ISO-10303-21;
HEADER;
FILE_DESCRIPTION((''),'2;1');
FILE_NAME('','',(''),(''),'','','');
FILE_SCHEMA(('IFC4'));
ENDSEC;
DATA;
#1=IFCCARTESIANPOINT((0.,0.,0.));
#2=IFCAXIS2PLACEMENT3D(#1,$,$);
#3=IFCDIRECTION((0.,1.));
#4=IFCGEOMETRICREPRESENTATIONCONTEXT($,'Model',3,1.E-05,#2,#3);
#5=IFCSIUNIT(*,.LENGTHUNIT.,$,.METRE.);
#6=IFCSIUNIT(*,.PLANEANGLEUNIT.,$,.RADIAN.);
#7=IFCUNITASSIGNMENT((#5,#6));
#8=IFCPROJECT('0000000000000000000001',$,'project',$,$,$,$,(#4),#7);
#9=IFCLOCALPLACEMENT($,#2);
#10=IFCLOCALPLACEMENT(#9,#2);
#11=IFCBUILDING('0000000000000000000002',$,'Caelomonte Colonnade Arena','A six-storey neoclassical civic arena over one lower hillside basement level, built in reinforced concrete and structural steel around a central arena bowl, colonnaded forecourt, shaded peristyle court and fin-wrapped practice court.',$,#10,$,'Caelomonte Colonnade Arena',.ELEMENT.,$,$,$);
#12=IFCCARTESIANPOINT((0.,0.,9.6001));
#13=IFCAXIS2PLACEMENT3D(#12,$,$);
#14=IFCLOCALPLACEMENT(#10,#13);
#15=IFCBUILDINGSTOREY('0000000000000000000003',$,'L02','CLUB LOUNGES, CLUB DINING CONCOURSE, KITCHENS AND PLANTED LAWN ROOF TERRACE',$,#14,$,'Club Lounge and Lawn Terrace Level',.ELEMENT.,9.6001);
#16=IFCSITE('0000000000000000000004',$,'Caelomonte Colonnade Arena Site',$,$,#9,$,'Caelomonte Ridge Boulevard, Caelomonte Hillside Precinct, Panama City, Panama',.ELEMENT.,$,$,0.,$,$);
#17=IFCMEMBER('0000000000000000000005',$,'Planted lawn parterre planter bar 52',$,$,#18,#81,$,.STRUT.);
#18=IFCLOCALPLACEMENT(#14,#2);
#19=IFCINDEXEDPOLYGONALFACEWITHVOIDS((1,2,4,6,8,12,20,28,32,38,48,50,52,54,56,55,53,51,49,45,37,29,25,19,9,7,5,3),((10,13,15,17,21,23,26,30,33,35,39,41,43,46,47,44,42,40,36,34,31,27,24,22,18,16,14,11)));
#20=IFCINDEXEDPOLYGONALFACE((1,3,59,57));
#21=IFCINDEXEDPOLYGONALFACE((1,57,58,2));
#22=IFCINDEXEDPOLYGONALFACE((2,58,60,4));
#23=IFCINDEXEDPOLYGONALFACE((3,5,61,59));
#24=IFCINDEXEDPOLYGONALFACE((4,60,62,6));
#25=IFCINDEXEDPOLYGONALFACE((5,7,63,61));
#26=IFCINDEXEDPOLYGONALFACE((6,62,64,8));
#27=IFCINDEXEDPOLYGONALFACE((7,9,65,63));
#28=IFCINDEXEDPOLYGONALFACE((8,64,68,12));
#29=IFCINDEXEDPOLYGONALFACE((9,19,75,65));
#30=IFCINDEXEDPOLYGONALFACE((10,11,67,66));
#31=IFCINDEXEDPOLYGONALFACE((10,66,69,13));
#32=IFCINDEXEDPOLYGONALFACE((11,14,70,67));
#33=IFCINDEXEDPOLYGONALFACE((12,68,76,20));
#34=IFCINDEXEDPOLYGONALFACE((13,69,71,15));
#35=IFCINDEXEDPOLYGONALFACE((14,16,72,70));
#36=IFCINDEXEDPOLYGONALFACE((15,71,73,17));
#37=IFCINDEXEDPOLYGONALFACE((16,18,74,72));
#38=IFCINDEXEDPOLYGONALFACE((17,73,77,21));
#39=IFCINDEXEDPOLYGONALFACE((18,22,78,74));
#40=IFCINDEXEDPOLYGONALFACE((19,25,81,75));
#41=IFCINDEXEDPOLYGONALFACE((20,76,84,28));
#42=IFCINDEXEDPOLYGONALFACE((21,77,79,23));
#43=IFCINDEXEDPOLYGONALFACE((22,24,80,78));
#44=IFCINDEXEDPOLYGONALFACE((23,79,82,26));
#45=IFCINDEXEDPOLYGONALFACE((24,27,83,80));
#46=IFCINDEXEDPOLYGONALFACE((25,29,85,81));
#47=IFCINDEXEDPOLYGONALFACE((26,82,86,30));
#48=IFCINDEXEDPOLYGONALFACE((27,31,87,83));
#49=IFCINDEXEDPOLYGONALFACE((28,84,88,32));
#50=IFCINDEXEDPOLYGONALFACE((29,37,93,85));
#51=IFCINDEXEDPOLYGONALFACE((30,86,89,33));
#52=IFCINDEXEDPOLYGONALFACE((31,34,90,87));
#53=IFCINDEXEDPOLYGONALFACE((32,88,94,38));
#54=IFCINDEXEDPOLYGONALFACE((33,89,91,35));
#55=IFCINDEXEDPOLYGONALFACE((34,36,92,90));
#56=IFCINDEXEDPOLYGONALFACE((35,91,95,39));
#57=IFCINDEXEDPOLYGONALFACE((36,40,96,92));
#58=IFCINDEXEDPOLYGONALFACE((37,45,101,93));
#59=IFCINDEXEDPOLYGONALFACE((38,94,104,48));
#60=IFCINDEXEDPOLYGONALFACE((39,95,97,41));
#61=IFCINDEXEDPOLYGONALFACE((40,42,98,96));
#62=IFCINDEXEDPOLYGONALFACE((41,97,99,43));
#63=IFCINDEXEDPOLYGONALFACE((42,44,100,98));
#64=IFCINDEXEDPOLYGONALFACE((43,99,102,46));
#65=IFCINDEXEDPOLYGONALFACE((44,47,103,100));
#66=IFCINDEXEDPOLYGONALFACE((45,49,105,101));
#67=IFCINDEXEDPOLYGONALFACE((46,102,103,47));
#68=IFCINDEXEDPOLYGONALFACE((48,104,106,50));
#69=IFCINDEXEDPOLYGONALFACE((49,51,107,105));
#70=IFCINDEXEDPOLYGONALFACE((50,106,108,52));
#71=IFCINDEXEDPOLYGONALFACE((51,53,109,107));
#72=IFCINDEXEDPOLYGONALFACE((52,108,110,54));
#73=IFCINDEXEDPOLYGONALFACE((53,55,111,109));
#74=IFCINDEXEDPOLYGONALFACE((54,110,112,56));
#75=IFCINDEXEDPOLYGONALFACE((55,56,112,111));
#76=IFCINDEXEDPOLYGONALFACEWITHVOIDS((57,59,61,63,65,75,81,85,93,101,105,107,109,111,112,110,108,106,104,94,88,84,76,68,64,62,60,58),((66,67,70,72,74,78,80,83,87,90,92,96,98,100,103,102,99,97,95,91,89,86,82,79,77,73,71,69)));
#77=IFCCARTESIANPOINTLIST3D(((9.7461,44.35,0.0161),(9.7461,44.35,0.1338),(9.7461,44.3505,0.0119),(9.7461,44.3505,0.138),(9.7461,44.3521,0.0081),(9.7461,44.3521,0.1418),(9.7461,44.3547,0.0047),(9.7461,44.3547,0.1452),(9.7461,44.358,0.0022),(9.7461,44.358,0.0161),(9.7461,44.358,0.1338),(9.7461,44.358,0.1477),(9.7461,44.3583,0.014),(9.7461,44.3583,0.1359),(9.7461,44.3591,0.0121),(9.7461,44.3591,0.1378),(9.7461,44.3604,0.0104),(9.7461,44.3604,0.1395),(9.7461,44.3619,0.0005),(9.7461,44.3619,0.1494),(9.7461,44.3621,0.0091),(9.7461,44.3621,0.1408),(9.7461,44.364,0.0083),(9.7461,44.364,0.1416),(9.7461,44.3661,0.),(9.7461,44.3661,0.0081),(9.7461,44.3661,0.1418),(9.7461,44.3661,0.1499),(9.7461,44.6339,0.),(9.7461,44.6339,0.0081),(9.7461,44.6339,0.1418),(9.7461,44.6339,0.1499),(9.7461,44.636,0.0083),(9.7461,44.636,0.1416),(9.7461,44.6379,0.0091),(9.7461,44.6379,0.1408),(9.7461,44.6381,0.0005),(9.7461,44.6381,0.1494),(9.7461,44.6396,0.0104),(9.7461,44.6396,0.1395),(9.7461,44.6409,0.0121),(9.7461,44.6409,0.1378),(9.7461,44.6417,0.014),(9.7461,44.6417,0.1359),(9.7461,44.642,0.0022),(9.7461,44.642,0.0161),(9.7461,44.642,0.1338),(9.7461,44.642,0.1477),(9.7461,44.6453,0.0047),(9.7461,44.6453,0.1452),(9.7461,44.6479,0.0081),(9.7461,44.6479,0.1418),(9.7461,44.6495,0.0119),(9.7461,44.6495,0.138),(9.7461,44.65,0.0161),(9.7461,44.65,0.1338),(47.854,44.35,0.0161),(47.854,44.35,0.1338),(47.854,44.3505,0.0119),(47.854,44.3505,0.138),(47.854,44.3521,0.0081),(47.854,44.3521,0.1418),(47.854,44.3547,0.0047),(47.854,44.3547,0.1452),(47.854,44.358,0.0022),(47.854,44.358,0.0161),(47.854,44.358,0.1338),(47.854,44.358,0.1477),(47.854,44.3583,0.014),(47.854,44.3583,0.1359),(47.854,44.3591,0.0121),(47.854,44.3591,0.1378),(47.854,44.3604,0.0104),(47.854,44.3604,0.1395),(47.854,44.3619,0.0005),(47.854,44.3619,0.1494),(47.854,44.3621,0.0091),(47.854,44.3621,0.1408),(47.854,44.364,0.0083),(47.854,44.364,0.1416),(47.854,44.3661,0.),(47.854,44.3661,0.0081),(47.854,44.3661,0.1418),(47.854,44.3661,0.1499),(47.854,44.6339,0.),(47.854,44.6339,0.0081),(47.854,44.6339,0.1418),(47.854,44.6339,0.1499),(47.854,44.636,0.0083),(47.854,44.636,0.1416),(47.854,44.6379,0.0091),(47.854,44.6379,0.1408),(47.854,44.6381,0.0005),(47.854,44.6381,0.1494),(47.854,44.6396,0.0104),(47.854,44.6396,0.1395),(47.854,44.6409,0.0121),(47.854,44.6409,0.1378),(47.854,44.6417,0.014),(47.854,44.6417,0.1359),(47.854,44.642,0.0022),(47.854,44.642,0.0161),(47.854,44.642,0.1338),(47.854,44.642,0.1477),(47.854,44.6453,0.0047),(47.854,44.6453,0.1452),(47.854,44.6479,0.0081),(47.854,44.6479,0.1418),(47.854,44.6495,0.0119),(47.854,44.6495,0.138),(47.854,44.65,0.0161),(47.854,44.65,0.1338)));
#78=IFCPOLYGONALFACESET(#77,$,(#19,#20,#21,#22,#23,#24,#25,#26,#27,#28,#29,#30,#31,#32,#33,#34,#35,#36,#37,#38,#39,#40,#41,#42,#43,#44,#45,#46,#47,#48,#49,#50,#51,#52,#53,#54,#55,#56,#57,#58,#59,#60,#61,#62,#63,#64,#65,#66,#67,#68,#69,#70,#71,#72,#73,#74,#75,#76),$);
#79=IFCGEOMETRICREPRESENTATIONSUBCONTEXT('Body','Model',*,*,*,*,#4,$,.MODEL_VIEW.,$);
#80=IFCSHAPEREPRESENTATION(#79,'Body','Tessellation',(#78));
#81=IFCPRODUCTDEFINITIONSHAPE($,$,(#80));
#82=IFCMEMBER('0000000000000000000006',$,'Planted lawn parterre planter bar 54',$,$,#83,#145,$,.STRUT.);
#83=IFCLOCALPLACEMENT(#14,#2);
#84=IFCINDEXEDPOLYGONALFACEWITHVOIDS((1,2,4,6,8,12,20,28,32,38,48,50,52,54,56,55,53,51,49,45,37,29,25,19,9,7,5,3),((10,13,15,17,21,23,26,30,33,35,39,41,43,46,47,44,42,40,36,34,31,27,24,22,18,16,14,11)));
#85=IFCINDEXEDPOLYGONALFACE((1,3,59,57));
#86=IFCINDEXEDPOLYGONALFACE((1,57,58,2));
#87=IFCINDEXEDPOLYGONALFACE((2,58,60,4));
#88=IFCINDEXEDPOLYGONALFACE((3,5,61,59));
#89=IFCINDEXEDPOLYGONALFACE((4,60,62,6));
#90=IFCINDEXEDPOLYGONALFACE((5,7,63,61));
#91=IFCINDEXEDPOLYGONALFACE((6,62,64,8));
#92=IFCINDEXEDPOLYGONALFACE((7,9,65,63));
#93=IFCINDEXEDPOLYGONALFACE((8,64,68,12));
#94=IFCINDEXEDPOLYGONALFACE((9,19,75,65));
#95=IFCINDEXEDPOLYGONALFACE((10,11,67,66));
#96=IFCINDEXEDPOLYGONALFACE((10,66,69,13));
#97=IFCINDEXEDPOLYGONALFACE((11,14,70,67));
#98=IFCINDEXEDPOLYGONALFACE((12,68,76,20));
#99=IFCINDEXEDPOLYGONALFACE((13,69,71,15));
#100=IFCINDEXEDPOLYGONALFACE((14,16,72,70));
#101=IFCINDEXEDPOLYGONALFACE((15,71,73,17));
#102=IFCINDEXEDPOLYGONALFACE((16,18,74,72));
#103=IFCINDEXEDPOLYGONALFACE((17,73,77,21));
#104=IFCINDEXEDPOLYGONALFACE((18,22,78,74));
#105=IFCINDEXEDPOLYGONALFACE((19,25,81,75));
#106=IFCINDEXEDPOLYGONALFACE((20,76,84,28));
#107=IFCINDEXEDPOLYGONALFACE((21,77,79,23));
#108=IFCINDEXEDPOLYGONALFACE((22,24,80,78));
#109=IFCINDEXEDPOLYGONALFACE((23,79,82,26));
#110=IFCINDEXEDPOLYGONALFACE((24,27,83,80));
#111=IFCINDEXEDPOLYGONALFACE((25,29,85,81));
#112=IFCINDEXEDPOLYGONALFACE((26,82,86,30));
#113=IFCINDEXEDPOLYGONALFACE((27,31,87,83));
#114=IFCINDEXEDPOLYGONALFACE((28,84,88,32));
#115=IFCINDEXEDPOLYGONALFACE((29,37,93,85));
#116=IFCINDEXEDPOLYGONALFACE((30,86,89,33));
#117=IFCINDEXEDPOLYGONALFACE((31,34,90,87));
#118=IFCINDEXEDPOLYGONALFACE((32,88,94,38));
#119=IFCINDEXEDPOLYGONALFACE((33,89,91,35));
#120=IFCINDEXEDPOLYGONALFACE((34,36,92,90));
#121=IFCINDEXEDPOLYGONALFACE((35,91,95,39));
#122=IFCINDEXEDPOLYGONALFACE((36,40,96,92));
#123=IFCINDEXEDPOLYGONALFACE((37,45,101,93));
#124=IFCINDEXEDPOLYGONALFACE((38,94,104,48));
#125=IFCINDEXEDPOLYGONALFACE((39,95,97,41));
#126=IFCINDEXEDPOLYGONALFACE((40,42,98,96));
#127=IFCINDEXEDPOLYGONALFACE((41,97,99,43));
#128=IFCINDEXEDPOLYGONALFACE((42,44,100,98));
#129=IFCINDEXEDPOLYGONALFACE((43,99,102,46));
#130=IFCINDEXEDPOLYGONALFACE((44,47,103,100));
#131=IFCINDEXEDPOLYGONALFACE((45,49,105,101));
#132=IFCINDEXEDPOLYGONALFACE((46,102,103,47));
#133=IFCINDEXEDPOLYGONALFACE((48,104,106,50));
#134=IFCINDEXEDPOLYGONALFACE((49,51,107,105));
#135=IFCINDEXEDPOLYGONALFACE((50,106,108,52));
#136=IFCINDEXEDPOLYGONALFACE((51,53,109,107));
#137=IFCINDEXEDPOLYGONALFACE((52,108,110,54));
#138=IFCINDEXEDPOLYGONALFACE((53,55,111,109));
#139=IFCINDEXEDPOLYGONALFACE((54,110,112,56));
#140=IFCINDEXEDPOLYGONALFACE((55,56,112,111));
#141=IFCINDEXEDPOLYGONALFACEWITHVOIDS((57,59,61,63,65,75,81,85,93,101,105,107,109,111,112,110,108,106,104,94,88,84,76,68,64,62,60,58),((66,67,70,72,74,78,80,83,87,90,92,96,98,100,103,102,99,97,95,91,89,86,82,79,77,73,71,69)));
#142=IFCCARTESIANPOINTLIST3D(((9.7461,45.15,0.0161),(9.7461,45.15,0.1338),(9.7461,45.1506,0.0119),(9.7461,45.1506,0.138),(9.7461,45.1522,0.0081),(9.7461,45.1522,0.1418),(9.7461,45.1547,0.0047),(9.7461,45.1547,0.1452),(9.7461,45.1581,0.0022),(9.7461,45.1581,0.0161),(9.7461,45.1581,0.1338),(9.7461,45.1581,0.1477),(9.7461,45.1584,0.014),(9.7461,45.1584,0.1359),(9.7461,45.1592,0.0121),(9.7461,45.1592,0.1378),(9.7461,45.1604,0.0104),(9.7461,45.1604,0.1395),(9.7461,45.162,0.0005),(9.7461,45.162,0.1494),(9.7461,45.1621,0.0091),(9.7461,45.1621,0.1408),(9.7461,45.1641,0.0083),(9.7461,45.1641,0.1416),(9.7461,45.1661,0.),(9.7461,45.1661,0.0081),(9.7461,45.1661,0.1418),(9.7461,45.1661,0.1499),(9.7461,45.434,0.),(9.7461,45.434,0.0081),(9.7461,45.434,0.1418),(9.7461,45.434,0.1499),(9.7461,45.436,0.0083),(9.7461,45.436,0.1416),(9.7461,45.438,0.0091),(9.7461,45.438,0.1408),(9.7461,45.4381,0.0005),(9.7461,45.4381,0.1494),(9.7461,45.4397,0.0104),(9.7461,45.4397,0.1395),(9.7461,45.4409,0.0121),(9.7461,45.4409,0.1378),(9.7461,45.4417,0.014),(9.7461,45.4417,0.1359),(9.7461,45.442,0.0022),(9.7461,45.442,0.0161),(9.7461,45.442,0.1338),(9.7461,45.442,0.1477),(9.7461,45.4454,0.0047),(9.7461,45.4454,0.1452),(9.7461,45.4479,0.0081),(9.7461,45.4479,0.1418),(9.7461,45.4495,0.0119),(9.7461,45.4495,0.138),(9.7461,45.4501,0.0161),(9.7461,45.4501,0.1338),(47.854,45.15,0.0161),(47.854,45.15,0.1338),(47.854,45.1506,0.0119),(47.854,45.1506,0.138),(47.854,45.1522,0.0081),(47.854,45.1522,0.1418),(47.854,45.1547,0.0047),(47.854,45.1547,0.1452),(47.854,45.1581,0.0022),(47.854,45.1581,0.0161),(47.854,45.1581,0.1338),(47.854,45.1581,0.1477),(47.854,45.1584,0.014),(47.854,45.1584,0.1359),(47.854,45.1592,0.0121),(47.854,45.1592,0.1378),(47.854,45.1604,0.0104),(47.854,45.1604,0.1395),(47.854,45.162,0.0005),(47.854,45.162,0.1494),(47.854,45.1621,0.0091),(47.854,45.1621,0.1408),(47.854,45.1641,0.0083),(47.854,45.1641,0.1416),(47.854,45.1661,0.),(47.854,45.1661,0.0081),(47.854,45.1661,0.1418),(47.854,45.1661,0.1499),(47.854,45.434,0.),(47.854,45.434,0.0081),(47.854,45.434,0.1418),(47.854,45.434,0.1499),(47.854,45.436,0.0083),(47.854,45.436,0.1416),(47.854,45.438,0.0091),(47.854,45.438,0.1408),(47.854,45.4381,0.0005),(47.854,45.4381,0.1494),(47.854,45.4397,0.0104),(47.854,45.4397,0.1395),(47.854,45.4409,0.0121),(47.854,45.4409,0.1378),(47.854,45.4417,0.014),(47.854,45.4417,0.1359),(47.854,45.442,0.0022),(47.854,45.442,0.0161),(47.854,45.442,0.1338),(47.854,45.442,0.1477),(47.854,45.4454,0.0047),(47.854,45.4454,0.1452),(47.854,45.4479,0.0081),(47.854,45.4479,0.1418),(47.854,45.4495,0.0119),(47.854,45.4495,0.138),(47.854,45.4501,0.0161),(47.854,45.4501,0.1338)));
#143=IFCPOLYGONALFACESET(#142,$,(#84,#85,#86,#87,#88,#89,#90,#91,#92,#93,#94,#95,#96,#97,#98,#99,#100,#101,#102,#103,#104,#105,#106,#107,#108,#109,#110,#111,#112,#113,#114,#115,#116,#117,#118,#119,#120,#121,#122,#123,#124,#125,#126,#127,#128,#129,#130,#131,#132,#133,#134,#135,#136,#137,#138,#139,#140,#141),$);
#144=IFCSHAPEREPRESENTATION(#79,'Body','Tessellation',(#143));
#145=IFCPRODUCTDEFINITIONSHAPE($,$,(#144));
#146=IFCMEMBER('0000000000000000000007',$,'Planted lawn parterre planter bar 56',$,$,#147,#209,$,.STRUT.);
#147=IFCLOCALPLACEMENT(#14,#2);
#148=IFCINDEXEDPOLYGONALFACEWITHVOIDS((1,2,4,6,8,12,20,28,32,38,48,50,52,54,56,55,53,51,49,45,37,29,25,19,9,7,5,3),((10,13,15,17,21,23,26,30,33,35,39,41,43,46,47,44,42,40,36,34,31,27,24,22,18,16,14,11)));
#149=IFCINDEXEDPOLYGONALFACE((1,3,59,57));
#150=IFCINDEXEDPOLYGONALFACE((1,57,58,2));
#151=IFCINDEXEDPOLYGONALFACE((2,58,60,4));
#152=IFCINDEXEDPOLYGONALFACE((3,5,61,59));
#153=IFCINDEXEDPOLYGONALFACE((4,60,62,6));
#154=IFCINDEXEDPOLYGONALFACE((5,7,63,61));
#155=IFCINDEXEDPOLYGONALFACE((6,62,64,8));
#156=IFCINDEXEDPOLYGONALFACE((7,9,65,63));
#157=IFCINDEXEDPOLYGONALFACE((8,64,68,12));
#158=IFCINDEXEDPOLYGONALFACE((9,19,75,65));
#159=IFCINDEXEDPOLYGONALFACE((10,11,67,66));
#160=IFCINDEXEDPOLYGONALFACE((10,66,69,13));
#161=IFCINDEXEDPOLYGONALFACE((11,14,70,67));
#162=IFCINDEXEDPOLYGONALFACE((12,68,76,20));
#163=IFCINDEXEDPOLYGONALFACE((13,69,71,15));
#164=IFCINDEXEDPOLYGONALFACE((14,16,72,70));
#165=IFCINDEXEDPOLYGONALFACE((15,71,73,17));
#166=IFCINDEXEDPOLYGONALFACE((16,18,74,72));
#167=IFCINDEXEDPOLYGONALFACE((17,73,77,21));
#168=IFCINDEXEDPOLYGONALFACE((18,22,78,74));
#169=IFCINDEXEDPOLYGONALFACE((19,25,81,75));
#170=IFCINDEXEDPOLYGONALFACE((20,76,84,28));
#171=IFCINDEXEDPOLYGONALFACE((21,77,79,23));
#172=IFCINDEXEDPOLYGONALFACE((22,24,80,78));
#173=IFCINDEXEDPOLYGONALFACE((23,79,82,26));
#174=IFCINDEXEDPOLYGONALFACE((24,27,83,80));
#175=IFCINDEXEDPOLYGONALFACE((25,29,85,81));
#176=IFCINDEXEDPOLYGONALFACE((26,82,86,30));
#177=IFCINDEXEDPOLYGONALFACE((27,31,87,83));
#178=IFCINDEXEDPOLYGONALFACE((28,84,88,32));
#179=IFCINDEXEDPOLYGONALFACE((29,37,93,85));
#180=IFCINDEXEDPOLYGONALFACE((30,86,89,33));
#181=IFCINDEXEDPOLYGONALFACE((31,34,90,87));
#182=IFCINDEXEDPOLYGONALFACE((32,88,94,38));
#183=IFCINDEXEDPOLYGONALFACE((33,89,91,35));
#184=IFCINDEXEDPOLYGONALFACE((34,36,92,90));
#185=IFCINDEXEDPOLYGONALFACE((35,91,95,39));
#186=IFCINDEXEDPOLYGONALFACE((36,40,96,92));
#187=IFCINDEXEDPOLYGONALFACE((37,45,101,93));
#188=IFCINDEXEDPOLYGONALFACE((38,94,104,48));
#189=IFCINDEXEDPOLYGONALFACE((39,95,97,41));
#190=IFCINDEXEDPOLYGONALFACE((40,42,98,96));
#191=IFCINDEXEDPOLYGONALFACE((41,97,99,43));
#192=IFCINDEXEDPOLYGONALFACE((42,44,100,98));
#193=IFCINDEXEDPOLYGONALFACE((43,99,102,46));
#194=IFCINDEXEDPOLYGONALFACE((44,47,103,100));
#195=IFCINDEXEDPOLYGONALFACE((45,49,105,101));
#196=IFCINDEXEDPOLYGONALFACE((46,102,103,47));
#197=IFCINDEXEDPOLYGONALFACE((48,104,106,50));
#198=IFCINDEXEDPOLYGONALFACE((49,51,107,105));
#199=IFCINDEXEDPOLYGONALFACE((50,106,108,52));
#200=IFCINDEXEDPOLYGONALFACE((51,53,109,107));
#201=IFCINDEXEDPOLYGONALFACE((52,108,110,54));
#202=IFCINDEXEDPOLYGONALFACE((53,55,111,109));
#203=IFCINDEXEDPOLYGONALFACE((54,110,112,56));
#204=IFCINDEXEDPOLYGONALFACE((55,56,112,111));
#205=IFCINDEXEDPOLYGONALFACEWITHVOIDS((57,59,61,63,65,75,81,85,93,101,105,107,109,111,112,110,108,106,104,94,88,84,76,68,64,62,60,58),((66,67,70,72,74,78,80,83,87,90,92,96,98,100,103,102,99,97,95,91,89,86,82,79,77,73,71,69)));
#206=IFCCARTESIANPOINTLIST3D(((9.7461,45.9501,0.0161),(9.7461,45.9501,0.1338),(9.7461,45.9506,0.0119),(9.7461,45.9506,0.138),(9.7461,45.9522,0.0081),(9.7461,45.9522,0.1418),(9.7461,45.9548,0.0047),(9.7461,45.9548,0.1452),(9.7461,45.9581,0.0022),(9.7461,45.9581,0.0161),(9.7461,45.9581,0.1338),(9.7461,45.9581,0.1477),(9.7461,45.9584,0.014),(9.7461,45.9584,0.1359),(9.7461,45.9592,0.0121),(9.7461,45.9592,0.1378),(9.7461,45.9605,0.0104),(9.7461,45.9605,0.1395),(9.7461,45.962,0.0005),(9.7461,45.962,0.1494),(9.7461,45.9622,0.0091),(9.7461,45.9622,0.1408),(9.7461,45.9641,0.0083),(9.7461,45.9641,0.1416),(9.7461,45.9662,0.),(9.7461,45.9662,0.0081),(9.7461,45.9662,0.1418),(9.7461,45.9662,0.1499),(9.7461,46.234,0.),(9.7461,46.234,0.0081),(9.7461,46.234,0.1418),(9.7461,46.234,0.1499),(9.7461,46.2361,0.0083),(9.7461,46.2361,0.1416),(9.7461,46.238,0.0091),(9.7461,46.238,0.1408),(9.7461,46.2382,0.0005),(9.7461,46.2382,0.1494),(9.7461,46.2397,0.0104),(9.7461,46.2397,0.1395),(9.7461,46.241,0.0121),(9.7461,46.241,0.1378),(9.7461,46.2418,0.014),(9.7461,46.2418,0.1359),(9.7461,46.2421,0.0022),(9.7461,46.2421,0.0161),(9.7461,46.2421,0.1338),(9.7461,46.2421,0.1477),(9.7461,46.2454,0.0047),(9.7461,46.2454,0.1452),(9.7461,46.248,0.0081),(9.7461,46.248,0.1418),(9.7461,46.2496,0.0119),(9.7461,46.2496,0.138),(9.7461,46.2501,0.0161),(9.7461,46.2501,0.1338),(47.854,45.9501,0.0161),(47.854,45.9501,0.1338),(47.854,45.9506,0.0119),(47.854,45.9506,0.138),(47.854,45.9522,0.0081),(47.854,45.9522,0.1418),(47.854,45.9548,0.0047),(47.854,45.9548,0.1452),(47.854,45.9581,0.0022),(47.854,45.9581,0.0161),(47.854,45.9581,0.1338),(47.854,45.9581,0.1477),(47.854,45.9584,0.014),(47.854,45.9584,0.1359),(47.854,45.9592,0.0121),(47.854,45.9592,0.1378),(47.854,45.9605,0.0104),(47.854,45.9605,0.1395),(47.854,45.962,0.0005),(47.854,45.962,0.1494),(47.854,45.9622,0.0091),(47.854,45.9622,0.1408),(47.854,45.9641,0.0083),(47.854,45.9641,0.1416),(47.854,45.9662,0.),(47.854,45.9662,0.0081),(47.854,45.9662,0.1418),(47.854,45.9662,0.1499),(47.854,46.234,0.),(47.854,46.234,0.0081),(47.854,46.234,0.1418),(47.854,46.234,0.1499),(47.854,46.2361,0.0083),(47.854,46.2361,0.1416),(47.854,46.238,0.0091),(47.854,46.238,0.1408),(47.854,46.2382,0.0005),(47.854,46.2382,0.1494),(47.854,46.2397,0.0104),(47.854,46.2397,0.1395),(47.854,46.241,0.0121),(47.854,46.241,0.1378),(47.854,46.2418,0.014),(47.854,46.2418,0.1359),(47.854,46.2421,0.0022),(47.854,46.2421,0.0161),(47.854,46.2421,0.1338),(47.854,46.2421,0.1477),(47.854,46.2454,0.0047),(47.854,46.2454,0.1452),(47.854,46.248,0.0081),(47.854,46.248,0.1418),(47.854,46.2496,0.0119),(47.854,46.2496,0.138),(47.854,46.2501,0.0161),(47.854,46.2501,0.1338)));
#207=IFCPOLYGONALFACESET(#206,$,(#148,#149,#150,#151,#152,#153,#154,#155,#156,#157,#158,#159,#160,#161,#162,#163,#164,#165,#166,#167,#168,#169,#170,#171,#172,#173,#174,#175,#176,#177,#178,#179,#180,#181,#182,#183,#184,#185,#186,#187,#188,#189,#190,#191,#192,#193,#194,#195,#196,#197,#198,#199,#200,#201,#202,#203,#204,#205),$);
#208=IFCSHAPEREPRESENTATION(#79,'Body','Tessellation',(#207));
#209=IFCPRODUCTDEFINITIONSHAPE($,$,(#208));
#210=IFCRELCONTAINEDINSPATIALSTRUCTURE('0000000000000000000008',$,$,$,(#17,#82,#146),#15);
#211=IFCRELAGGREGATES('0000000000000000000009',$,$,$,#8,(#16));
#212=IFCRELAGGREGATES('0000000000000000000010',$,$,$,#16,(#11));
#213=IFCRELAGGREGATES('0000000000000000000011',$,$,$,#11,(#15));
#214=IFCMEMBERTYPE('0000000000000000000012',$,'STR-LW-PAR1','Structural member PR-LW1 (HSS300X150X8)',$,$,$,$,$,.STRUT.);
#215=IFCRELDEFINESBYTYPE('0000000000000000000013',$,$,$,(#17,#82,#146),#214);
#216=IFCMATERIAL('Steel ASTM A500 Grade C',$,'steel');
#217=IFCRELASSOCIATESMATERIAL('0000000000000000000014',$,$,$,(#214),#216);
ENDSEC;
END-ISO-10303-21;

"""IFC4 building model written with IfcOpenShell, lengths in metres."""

from ifc_helpers import new_model, si_unit, direction, frame, origin, origin_2d, place, context, subcontext, project, spatial, hollow_rectangle, extrude, material, material_profile, profile_set, type_object, element, save


model = new_model("IFC4")

# Units and contexts
model_context = context("Model", 3, precision=1e-05, world=origin(), true_north=direction((0.0, 1.0)))
body_context = subcontext(model_context, "Body", "Model", "MODEL_VIEW")
ifc_project = project(units=[si_unit("LENGTHUNIT", "METRE"), si_unit("PLANEANGLEUNIT", "RADIAN")], contexts=[model_context])

# Site, building, storey
site_placement = place(None, origin())
site = spatial("IfcSite", under=ifc_project, at=site_placement, Name="Caelomonte Colonnade Arena Site", LongName="Caelomonte Ridge Boulevard, Caelomonte Hillside Precinct, Panama City, Panama", CompositionType="ELEMENT", RefElevation=0.0)
building_placement = place(site_placement, origin())
building = spatial("IfcBuilding", under=site, at=building_placement, Name="Caelomonte Colonnade Arena", Description="A six-storey neoclassical civic arena over one lower hillside basement level, built in reinforced concrete and structural steel around a central arena bowl, colonnaded forecourt, shaded peristyle court and fin-wrapped practice court.", LongName="Caelomonte Colonnade Arena", CompositionType="ELEMENT")
storey_placement = place(building_placement, frame((0.0, 0.0, 9.6001)))
storey = spatial("IfcBuildingStorey", under=building, at=storey_placement, Name="L02", Description="CLUB LOUNGES, CLUB DINING CONCOURSE, KITCHENS AND PLANTED LAWN ROOF TERRACE", LongName="Club Lounge and Lawn Terrace Level", CompositionType="ELEMENT", Elevation=9.6001)

# Members
ifc_material_1 = material(Name="Steel ASTM A500 Grade C", Category="steel")
ifc_material_profile_1 = material_profile(ifc_material_1, hollow_rectangle(XDim=0.3, YDim=0.1499, WallThickness=0.0081, InnerFilletRadius=0.0081, OuterFilletRadius=0.0161, at=origin_2d()), Name="HSS300X150X8")
ifc_profile_set_1 = profile_set([ifc_material_profile_1], Name="Steel ASTM A500 Grade C")
member_type_1 = type_object("IfcMemberType", Name="STR-LW-PAR1", Description="Structural member PR-LW1 (HSS300X150X8)", PredefinedType="STRUT", material=ifc_profile_set_1)
for number, where, z_axis, x_axis, name in (
    (1, (9.7461, 44.5, 0.075), (1.0, 0.0, 0.0), (0.0, 1.0, 0.0), "Planted lawn parterre planter bar 52"),
    (2, (9.7461, 45.3, 0.075), (1.0, 0.0, 0.0), (0.0, 1.0, 0.0), "Planted lawn parterre planter bar 54"),
    (3, (9.7461, 46.1001, 0.075), (1.0, 0.0, 0.0), (0.0, 1.0, 0.0), "Planted lawn parterre planter bar 56"),
):
    element("IfcMember", number, at=place(storey_placement, frame(where, z_axis=z_axis, x_axis=x_axis)), inside=storey, type_object=member_type_1, Name=name, PredefinedType="STRUT", context=body_context, shape_type="SweptSolid", body=[
        extrude(hollow_rectangle(XDim=0.3, YDim=0.1499, WallThickness=0.0081, InnerFilletRadius=0.0081, OuterFilletRadius=0.0161, at=origin_2d()), origin(), (0.0, 0.0, 1.0), 38.1079),
    ])

save(model, "model.ifc")
